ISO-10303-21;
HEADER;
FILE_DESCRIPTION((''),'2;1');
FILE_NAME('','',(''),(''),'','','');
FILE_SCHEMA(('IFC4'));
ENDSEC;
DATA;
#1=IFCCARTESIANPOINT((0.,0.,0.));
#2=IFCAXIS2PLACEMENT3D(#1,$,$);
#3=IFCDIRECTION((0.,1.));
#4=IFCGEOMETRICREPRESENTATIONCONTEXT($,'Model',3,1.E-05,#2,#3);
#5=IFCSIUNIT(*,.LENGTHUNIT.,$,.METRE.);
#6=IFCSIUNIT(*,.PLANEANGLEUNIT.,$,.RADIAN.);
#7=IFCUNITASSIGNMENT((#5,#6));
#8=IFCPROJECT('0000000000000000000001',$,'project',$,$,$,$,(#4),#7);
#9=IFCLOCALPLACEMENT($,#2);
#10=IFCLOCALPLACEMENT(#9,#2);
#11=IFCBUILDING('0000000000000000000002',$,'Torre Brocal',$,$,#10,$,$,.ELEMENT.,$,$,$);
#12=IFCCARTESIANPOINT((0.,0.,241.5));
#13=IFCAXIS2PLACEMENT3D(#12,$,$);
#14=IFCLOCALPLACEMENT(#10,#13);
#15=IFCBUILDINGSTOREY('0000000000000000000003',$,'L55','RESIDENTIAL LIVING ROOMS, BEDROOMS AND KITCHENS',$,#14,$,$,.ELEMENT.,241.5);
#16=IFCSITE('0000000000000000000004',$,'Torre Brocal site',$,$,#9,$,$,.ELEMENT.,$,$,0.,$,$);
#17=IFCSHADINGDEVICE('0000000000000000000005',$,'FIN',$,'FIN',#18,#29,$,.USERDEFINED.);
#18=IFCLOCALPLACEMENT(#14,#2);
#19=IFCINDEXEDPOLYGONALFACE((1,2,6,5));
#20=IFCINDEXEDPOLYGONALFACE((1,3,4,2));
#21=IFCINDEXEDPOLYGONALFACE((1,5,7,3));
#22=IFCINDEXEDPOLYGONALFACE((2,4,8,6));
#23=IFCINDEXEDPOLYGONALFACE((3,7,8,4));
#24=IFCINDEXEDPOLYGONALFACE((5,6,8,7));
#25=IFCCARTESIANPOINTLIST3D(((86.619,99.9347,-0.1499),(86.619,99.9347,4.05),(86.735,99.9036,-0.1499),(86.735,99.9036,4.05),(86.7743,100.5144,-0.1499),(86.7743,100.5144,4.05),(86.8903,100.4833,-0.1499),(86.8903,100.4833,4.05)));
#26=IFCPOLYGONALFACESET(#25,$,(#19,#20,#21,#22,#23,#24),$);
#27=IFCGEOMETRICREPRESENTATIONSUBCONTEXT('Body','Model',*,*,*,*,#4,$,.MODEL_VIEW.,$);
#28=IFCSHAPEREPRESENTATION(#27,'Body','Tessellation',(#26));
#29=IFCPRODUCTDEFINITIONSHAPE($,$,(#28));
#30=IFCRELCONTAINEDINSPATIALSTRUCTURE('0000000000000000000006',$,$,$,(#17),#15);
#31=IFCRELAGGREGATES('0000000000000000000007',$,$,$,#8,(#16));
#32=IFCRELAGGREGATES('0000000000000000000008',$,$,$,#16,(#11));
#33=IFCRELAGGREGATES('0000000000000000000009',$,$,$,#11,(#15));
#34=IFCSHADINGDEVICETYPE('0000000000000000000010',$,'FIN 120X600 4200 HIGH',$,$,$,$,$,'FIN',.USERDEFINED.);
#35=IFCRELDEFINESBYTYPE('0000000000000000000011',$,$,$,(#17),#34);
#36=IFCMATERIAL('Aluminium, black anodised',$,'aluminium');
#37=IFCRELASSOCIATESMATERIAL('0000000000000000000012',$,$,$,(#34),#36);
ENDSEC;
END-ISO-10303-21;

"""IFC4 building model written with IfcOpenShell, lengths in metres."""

from ifc_helpers import new_model, si_unit, direction, frame, origin, origin_2d, place, context, subcontext, project, spatial, rectangle, extrude, material, material_profile, profile_set, type_object, element, save


model = new_model("IFC4")

# Units and contexts
model_context = context("Model", 3, precision=1e-05, world=origin(), true_north=direction((0.0, 1.0)))
body_context = subcontext(model_context, "Body", "Model", "MODEL_VIEW")
ifc_project = project(units=[si_unit("LENGTHUNIT", "METRE"), si_unit("PLANEANGLEUNIT", "RADIAN")], contexts=[model_context])

# Site, building, storey
site_placement = place(None, origin())
site = spatial("IfcSite", under=ifc_project, at=site_placement, Name="Torre Brocal site", CompositionType="ELEMENT", RefElevation=0.0)
building_placement = place(site_placement, origin())
building = spatial("IfcBuilding", under=site, at=building_placement, Name="Torre Brocal", CompositionType="ELEMENT")
storey_placement = place(building_placement, frame((0.0, 0.0, 241.5)))
storey = spatial("IfcBuildingStorey", under=building, at=storey_placement, Name="L55", Description="RESIDENTIAL LIVING ROOMS, BEDROOMS AND KITCHENS", CompositionType="ELEMENT", Elevation=241.5)

# Shading device
ifc_material_1 = material(Name="Aluminium, black anodised", Category="aluminium")
ifc_material_profile_1 = material_profile(ifc_material_1, rectangle(XDim=0.1201, YDim=0.6001, at=origin_2d()), Name="FIN 120X600 4200 HIGH")
ifc_profile_set_1 = profile_set([ifc_material_profile_1], Name="Aluminium, black anodised")
shading_device_type = type_object("IfcShadingDeviceType", Name="FIN 120X600 4200 HIGH", ElementType="FIN", PredefinedType="USERDEFINED", material=ifc_profile_set_1)
shading_device_placement = place(storey_placement, frame((86.7546, 100.209, -0.1499), z_axis=(0.0, 0.0, 1.0), x_axis=(-0.965926, 0.258819, 0.0)))
element("IfcShadingDevice", 1, at=shading_device_placement, inside=storey, type_object=shading_device_type, Name="FIN", ObjectType="FIN", PredefinedType="USERDEFINED", context=body_context, shape_type="SweptSolid", body=[
    extrude(rectangle(XDim=0.1201, YDim=0.6001, at=origin_2d()), origin(), (0.0, 0.0, 1.0), 4.2),
])

save(model, "model.ifc")
